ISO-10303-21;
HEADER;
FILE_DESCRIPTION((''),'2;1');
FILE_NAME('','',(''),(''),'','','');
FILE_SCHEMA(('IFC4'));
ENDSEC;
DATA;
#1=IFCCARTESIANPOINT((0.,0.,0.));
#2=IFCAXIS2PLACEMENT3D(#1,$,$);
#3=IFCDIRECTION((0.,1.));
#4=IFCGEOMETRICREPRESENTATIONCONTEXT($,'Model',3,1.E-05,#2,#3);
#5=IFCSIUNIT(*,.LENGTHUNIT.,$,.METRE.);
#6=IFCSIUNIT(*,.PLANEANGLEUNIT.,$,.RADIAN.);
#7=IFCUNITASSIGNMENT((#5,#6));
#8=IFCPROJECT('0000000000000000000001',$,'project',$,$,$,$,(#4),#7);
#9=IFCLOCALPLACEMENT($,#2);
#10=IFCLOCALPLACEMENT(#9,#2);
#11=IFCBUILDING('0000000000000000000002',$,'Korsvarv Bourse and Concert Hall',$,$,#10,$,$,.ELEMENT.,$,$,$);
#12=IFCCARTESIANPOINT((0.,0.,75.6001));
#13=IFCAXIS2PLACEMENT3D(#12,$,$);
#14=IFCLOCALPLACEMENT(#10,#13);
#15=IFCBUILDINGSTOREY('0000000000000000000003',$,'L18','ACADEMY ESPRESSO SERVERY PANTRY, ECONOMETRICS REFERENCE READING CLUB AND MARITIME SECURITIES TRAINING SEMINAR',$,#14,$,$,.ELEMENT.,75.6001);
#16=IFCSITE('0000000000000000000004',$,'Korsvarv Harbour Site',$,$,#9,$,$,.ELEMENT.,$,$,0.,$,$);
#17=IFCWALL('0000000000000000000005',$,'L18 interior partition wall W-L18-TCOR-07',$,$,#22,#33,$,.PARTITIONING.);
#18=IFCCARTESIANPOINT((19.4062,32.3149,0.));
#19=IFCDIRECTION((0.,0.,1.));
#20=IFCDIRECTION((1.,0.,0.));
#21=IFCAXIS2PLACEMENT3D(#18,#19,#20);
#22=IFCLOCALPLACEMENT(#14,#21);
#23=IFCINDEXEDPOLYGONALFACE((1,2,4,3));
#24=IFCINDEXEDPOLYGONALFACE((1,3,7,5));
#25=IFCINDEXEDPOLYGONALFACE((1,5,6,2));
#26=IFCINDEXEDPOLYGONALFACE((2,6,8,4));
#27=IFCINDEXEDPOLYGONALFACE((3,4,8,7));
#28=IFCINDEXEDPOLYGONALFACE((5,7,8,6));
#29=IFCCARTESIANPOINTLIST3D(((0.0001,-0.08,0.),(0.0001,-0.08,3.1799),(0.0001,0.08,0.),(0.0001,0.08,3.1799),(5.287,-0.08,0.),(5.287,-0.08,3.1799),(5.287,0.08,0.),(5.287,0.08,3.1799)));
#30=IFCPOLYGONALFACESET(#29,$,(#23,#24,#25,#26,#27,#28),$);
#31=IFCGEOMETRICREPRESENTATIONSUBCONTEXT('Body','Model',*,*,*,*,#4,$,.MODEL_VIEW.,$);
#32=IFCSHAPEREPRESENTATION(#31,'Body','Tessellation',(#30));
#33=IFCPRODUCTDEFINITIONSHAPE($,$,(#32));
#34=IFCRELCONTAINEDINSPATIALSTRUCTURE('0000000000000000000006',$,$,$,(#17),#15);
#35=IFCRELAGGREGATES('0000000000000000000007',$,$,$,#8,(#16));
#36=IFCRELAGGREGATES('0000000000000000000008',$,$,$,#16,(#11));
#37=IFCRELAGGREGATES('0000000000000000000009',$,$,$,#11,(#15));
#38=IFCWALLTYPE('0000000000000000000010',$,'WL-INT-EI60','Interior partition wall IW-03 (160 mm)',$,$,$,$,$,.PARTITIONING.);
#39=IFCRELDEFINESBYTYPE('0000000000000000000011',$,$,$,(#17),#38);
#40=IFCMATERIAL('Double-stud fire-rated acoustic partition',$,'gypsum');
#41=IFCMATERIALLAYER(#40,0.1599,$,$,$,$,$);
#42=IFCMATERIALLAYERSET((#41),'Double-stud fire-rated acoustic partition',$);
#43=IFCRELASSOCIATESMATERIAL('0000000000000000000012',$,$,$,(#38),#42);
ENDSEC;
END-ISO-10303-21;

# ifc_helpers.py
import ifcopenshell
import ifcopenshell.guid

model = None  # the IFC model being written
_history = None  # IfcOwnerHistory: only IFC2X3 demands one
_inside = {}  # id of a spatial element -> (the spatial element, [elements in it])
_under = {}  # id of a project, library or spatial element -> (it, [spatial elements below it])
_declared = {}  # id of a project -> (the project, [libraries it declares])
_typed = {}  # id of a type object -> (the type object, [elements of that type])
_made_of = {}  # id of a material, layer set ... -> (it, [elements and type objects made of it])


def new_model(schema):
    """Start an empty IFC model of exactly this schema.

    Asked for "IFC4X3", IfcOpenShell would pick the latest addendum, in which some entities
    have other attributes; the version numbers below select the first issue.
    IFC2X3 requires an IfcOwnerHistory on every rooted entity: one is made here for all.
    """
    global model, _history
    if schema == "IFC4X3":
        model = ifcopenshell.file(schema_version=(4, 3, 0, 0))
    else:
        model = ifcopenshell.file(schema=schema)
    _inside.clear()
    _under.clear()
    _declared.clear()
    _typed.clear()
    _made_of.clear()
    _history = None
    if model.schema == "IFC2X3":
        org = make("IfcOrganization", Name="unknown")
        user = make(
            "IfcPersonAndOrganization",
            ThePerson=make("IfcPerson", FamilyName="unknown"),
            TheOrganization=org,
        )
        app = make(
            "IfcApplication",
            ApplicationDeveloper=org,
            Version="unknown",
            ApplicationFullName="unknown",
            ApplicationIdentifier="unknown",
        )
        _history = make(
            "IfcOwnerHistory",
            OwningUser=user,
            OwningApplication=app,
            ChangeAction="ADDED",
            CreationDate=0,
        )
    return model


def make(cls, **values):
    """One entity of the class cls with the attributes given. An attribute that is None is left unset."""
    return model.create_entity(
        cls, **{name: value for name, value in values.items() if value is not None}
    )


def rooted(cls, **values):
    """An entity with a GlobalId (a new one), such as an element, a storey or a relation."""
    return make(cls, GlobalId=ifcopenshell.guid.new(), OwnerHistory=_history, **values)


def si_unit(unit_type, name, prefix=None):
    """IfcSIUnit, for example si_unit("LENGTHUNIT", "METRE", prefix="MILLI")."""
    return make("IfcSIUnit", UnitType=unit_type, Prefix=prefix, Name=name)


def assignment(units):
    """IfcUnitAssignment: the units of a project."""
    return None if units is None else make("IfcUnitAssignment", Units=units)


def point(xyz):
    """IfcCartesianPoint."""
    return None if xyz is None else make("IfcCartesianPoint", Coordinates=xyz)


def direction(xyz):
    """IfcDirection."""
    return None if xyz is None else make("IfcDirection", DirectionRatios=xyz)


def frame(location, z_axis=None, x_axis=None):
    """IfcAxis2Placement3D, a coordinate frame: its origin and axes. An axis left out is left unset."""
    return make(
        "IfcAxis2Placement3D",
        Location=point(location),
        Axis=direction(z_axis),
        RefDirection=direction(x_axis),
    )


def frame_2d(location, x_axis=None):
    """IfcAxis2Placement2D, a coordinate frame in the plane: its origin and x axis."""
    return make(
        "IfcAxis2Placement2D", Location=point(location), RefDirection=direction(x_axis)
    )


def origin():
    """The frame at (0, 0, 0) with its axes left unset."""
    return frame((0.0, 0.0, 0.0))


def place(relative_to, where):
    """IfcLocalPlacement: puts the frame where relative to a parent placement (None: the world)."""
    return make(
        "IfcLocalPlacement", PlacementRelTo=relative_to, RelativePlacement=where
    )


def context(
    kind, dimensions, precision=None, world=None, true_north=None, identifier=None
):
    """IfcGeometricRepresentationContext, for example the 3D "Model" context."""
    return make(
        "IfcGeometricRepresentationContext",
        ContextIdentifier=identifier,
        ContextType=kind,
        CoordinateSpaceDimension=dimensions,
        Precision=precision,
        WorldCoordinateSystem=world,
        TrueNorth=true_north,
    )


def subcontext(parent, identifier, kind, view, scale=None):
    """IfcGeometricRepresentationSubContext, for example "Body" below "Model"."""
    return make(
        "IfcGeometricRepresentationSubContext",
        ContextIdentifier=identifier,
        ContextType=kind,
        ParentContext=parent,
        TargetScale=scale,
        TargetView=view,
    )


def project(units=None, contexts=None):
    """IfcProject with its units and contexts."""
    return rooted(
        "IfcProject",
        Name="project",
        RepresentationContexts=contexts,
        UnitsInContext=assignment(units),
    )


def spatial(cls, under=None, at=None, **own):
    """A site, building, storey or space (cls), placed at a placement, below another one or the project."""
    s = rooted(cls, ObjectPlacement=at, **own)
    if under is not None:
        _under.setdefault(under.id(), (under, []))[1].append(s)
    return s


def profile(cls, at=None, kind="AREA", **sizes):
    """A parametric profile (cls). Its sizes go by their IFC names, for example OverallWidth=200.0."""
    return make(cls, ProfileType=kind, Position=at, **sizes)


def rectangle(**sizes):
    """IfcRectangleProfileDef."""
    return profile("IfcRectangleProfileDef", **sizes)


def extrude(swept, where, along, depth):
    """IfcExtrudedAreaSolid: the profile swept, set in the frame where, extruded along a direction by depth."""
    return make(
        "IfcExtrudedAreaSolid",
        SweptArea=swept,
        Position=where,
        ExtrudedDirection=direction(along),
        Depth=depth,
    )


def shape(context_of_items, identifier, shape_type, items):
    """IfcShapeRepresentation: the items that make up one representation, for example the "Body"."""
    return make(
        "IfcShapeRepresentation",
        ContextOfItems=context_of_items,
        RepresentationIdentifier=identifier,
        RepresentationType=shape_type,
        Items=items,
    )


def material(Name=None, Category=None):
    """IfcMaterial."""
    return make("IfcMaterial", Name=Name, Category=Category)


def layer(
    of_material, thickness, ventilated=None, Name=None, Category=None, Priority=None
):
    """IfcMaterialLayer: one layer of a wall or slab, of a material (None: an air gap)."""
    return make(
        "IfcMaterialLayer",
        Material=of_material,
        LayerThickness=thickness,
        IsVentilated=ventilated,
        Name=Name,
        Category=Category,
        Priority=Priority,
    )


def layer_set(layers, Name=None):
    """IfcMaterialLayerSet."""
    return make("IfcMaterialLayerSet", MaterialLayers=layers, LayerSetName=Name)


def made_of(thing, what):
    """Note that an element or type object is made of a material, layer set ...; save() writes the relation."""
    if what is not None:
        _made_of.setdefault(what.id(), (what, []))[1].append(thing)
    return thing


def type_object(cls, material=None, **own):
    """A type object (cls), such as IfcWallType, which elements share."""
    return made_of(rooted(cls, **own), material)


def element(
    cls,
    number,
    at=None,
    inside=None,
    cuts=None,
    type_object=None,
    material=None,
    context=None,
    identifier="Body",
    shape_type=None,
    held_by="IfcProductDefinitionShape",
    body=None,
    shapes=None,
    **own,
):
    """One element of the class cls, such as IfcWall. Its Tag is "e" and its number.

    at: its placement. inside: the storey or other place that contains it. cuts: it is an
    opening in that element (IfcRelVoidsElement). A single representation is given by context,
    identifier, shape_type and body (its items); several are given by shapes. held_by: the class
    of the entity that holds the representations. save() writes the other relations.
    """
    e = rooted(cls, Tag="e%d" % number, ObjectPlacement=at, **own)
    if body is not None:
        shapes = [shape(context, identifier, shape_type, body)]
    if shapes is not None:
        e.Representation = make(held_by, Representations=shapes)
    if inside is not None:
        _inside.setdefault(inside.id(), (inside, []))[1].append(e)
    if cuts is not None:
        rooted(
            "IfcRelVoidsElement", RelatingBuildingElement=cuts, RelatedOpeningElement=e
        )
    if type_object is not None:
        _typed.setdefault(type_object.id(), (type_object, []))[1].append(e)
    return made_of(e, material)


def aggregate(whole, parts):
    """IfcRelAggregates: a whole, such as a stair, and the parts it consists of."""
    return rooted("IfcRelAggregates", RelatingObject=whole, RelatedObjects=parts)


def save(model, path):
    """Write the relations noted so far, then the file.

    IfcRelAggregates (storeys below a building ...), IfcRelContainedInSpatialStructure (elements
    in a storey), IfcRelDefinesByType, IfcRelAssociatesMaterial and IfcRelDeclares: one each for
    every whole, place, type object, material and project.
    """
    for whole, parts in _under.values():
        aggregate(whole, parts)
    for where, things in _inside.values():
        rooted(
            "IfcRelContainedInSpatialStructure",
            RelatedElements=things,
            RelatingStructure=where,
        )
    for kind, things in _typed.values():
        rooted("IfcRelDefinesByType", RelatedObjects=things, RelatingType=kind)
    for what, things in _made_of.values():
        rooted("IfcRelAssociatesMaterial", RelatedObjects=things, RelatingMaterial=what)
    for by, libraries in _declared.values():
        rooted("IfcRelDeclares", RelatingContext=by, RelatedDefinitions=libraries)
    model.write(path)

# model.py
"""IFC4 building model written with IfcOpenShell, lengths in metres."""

from ifc_helpers import new_model, si_unit, direction, frame, frame_2d, origin, place, context, subcontext, project, spatial, rectangle, extrude, material, layer, layer_set, type_object, element, save


model = new_model("IFC4")

# Units and contexts
model_context = context("Model", 3, precision=1e-05, world=origin(), true_north=direction((0.0, 1.0)))
body_context = subcontext(model_context, "Body", "Model", "MODEL_VIEW")
ifc_project = project(units=[si_unit("LENGTHUNIT", "METRE"), si_unit("PLANEANGLEUNIT", "RADIAN")], contexts=[model_context])

# Site, building, storey
site_placement = place(None, origin())
site = spatial("IfcSite", under=ifc_project, at=site_placement, Name="Korsvarv Harbour Site", CompositionType="ELEMENT", RefElevation=0.0)
building_placement = place(site_placement, origin())
building = spatial("IfcBuilding", under=site, at=building_placement, Name="Korsvarv Bourse and Concert Hall", CompositionType="ELEMENT")
storey_placement = place(building_placement, frame((0.0, 0.0, 75.6001)))
storey = spatial("IfcBuildingStorey", under=building, at=storey_placement, Name="L18", Description="ACADEMY ESPRESSO SERVERY PANTRY, ECONOMETRICS REFERENCE READING CLUB AND MARITIME SECURITIES TRAINING SEMINAR", CompositionType="ELEMENT", Elevation=75.6001)

# Shared definitions
ifc_material_1 = material(Name="Double-stud fire-rated acoustic partition", Category="gypsum")
ifc_layer_1 = layer(ifc_material_1, 0.1599)
ifc_layer_set_1 = layer_set([ifc_layer_1], Name="Double-stud fire-rated acoustic partition")
wall_type = type_object("IfcWallType", Name="WL-INT-EI60", Description="Interior partition wall IW-03 (160 mm)", PredefinedType="PARTITIONING", material=ifc_layer_set_1)

# Wall
wall_1_placement = place(storey_placement, frame((19.4062, 32.3149, 0.0), z_axis=(0.0, 0.0, 1.0), x_axis=(1.0, 0.0, 0.0)))
element("IfcWall", 1, at=wall_1_placement, inside=storey, type_object=wall_type, Name="L18 interior partition wall W-L18-TCOR-07", PredefinedType="PARTITIONING", context=body_context, shape_type="SweptSolid", body=[
    extrude(rectangle(XDim=5.2869, YDim=0.1599, at=frame_2d((2.6436, 0.0))), origin(), (0.0, 0.0, 1.0), 3.1799),
])

save(model, "model.ifc")
